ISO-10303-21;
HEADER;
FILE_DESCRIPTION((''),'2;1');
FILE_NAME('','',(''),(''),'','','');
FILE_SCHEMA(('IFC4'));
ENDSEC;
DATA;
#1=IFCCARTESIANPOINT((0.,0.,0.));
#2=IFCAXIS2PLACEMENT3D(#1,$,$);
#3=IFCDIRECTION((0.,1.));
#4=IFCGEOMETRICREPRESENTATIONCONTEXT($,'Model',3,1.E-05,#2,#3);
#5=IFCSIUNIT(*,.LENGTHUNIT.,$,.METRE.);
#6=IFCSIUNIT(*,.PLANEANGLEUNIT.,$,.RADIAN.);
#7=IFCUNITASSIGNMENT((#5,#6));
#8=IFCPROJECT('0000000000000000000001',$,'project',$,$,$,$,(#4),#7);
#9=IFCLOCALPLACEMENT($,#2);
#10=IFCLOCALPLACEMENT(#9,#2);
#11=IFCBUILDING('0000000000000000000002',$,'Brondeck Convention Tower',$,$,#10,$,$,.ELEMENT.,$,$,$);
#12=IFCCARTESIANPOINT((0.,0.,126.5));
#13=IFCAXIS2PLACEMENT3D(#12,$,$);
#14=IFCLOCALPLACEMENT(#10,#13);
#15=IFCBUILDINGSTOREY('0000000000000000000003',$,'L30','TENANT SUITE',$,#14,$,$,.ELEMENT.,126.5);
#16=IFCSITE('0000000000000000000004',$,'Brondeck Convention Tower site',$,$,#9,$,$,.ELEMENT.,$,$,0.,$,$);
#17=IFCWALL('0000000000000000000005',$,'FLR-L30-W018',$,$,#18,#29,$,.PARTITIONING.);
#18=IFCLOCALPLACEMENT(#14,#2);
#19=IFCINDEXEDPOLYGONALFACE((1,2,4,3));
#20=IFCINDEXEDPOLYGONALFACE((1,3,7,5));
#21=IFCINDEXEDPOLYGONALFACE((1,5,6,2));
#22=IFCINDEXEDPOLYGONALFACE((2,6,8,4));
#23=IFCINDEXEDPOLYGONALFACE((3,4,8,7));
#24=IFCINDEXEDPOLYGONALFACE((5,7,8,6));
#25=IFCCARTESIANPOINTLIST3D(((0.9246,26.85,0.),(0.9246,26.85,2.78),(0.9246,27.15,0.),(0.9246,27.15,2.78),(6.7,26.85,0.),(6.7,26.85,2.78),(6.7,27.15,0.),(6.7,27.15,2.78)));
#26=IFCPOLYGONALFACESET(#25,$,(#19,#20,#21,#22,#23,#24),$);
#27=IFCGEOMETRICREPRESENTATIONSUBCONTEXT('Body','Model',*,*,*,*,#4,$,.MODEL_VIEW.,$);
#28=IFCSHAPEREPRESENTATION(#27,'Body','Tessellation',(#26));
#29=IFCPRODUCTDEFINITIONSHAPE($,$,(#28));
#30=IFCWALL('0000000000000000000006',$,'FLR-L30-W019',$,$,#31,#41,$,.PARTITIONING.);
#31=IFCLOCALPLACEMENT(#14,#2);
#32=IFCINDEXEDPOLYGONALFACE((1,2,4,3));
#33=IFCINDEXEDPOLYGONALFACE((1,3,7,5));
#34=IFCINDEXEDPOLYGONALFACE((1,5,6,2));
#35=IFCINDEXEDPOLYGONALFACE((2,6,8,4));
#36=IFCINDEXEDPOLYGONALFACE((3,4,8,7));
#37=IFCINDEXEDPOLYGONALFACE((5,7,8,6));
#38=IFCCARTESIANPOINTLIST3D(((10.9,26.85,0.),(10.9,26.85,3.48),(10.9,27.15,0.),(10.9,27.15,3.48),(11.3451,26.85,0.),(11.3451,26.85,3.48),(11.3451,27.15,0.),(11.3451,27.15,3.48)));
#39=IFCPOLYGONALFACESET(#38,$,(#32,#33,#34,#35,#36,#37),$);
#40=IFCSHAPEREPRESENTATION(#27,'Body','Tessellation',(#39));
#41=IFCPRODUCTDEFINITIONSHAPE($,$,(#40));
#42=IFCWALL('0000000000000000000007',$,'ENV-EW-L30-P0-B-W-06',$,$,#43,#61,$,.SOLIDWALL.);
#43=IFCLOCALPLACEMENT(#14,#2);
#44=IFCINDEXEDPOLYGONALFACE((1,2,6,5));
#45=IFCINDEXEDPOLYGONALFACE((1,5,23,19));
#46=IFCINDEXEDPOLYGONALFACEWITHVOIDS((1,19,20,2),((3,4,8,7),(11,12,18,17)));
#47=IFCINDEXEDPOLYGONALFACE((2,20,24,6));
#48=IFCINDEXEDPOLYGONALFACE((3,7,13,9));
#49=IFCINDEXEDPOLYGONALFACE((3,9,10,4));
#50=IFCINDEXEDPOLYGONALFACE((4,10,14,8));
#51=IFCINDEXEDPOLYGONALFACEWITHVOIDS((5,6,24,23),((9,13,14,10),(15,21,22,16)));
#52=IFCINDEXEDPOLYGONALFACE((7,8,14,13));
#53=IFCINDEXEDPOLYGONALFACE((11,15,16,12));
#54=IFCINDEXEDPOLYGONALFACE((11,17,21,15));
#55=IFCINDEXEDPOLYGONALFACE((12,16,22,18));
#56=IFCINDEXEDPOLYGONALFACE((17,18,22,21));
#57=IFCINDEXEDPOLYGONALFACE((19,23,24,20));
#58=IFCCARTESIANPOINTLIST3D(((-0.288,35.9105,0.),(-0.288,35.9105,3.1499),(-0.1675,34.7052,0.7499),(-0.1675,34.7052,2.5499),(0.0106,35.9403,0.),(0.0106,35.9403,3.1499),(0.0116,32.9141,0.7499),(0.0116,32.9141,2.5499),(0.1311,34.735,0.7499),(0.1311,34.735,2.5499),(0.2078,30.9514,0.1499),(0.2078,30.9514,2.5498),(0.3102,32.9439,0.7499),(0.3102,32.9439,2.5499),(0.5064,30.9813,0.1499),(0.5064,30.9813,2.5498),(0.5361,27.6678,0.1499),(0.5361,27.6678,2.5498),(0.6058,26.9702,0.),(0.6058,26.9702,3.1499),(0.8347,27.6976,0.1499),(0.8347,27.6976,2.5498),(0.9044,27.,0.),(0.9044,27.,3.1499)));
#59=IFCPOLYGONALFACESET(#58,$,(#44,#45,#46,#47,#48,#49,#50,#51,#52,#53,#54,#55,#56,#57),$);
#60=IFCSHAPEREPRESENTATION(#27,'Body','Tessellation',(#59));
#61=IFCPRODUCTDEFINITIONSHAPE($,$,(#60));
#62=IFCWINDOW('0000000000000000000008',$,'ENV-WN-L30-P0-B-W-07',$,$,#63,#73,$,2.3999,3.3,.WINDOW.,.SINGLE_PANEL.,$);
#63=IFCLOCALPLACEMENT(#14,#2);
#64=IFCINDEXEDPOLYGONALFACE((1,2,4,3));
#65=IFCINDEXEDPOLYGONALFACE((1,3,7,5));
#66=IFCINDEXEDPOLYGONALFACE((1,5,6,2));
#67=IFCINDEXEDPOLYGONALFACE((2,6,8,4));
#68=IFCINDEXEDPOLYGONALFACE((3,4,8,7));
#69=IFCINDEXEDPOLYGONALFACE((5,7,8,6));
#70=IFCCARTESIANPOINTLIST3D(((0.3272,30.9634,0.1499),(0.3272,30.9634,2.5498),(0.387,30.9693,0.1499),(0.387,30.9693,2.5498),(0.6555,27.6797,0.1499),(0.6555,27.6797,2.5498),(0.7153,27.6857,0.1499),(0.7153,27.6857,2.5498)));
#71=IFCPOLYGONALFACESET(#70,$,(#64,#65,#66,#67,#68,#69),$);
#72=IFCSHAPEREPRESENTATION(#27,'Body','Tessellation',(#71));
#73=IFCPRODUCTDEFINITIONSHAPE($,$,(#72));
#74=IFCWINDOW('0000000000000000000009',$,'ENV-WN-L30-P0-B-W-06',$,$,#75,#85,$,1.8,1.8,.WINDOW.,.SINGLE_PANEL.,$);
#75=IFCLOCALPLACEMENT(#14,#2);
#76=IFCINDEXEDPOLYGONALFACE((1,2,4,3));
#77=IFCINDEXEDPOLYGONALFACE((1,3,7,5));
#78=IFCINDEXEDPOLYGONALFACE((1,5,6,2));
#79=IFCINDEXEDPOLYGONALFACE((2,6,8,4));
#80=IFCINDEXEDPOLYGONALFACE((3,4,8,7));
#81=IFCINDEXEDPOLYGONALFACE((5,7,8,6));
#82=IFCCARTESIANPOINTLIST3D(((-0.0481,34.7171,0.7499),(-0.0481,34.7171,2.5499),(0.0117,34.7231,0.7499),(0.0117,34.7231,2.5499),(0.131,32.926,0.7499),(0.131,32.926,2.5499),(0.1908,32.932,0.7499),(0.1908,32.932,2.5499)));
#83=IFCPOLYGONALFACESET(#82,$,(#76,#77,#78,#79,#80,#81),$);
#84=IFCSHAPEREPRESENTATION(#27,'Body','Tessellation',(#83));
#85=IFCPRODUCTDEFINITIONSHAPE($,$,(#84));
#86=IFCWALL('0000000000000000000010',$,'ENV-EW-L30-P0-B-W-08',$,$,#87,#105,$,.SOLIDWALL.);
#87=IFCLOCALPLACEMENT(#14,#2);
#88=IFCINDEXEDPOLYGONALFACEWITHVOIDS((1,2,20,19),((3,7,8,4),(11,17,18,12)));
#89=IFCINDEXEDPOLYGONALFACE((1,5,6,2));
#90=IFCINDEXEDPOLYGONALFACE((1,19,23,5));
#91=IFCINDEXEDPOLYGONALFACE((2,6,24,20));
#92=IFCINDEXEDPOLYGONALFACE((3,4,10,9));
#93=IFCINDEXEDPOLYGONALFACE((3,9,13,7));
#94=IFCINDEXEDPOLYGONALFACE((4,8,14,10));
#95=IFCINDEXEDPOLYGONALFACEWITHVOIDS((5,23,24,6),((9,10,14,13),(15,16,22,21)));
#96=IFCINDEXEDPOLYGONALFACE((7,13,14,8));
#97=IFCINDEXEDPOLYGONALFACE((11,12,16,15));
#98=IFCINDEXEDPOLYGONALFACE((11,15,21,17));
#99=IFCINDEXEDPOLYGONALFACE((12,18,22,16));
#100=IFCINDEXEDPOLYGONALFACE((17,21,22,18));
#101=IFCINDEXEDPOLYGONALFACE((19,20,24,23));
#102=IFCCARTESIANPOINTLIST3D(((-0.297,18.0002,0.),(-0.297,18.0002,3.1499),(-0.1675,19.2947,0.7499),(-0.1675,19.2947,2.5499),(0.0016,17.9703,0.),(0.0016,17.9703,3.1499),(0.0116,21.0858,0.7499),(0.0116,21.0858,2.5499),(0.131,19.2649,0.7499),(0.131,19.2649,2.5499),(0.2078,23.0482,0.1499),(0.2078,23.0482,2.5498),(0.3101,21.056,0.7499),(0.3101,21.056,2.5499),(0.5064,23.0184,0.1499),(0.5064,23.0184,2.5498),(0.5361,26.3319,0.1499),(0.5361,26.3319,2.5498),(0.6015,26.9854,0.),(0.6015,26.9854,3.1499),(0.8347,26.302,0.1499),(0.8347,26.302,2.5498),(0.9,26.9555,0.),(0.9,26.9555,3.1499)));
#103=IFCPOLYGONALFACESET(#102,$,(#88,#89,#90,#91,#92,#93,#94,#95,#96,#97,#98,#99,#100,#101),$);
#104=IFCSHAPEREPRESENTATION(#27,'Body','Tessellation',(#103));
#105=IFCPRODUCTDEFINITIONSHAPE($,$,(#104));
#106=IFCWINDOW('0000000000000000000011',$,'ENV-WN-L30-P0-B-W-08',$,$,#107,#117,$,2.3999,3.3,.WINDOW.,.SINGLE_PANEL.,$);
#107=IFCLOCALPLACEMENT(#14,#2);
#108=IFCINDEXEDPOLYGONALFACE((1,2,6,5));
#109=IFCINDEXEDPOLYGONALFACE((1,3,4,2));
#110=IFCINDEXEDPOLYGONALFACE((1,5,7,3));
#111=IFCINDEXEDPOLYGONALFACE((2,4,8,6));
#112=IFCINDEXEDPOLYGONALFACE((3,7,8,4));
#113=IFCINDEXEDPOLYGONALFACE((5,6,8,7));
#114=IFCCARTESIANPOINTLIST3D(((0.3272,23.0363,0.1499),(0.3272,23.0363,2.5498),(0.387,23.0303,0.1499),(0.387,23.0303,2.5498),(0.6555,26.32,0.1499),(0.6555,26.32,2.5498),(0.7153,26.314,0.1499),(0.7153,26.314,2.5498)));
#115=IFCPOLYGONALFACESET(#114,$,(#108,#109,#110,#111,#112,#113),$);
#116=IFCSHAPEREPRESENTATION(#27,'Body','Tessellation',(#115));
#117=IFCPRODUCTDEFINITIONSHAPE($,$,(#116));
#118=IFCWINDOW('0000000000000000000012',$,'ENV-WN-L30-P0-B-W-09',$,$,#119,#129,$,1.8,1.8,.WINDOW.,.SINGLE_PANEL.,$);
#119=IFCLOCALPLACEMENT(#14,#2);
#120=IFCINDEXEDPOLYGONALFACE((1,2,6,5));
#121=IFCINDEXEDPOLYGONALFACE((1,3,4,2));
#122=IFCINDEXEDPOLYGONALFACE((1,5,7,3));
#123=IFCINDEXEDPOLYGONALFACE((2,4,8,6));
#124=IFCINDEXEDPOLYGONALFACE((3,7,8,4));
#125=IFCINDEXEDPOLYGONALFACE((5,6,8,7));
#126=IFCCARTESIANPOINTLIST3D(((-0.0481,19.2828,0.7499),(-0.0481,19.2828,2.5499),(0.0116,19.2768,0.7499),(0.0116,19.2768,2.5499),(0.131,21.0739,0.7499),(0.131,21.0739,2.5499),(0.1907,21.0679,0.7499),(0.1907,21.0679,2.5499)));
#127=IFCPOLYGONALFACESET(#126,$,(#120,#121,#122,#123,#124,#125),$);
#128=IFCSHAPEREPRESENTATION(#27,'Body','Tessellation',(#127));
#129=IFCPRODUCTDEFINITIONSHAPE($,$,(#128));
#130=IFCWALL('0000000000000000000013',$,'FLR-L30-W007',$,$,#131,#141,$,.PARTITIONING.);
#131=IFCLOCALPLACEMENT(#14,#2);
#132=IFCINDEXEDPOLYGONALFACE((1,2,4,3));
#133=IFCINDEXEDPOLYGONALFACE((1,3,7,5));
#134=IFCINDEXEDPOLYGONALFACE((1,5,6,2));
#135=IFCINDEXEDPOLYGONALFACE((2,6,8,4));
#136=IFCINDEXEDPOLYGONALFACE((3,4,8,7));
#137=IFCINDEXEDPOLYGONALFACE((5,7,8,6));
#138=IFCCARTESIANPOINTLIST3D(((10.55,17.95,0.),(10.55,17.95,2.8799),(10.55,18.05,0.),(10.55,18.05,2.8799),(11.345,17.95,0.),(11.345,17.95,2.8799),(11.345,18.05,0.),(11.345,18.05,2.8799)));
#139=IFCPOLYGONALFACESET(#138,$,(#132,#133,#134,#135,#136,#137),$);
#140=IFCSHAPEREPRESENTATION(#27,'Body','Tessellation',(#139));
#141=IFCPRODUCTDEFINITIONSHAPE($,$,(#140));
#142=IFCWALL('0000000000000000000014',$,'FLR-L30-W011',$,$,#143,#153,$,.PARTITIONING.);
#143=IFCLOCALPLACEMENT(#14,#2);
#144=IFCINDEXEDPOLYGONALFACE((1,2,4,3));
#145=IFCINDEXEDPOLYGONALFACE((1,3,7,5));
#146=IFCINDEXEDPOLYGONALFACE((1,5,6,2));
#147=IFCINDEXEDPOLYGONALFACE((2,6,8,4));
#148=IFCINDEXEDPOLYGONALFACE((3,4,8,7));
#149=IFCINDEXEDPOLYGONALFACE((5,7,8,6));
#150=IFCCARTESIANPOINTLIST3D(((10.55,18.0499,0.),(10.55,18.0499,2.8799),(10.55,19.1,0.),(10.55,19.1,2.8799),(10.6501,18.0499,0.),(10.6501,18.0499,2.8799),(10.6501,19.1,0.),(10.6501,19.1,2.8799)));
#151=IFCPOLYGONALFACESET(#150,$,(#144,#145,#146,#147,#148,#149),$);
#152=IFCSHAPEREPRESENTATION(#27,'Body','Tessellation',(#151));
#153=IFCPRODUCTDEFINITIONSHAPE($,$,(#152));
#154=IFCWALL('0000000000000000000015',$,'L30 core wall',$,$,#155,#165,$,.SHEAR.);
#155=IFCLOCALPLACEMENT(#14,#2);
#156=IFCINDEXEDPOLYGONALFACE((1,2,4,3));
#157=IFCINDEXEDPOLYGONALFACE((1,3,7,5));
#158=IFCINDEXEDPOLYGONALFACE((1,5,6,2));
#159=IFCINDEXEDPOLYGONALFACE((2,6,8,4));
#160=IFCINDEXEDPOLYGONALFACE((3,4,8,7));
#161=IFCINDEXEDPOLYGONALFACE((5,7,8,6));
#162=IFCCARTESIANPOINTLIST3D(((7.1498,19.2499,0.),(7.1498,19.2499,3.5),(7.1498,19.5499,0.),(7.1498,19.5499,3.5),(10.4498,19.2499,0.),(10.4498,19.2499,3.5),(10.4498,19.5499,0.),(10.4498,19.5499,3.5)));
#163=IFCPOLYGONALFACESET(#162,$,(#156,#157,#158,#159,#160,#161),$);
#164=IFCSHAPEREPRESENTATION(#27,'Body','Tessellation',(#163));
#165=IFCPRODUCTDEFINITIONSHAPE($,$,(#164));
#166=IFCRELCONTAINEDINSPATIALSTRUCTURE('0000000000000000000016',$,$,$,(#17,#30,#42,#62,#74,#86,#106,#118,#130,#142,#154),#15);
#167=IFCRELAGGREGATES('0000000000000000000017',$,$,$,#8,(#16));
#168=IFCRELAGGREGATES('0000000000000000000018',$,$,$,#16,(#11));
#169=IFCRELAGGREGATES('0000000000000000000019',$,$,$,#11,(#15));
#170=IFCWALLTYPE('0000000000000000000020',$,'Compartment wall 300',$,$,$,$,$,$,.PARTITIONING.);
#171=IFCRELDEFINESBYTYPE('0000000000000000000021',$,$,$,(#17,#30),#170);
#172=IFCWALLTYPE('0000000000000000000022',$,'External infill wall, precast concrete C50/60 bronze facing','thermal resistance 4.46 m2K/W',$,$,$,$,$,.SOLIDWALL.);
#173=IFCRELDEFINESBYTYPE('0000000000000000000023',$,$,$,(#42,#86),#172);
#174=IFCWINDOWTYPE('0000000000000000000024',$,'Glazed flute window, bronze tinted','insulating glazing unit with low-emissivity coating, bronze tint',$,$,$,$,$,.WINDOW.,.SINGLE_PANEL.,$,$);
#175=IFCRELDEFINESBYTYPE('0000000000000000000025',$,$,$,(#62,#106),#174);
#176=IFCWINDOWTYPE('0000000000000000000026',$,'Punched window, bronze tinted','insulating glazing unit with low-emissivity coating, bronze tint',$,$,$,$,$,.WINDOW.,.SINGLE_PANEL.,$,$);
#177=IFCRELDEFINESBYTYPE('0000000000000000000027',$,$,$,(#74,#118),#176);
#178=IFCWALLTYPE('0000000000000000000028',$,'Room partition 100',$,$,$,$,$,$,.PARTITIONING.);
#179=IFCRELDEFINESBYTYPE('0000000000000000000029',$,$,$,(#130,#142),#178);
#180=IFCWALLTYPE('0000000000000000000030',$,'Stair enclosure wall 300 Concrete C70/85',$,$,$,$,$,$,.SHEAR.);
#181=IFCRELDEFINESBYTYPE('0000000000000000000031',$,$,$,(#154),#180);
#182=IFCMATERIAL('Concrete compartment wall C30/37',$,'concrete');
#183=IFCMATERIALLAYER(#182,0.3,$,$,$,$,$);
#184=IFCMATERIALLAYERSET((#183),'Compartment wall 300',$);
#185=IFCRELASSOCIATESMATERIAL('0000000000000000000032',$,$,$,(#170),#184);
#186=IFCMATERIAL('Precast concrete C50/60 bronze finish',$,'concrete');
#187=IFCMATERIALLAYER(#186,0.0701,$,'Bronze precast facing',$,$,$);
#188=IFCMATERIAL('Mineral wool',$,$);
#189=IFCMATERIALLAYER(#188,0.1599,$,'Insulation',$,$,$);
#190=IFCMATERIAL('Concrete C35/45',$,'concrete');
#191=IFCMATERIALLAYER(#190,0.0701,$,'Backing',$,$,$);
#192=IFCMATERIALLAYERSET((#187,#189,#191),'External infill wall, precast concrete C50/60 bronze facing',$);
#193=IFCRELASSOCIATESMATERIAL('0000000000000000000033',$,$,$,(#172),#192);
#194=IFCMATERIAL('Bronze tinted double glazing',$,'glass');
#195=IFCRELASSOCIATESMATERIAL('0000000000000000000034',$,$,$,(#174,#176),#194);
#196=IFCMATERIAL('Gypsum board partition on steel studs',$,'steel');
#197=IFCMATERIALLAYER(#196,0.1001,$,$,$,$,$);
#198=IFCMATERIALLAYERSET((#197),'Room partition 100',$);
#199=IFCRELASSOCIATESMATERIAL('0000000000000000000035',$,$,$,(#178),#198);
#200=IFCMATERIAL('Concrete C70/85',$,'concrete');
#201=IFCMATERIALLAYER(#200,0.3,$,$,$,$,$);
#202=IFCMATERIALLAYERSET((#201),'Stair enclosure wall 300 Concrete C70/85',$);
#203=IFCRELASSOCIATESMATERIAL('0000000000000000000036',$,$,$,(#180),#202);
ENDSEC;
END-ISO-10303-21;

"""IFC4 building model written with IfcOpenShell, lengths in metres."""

from ifc_helpers import new_model, si_unit, direction, frame, frame_2d, origin, place, context, subcontext, project, spatial, rectangle, extrude, material, layer, layer_set, type_object, element, fill, save


model = new_model("IFC4")

# Units and contexts
model_context = context("Model", 3, precision=1e-05, world=origin(), true_north=direction((0.0, 1.0)))
body_context = subcontext(model_context, "Body", "Model", "MODEL_VIEW")
ifc_project = project(units=[si_unit("LENGTHUNIT", "METRE"), si_unit("PLANEANGLEUNIT", "RADIAN")], contexts=[model_context])

# Site, building, storey
site_placement = place(None, origin())
site = spatial("IfcSite", under=ifc_project, at=site_placement, Name="Brondeck Convention Tower site", CompositionType="ELEMENT", RefElevation=0.0)
building_placement = place(site_placement, origin())
building = spatial("IfcBuilding", under=site, at=building_placement, Name="Brondeck Convention Tower", CompositionType="ELEMENT")
storey_placement = place(building_placement, frame((0.0, 0.0, 126.5)))
storey = spatial("IfcBuildingStorey", under=building, at=storey_placement, Name="L30", Description="TENANT SUITE", CompositionType="ELEMENT", Elevation=126.5)

# Shared definitions
ifc_material_1 = material(Name="Concrete C70/85", Category="concrete")

# Walls
ifc_material_2 = material(Name="Concrete compartment wall C30/37", Category="concrete")
ifc_layer_1 = layer(ifc_material_2, 0.3)
ifc_layer_set_1 = layer_set([ifc_layer_1], Name="Compartment wall 300")
wall_type_1 = type_object("IfcWallType", Name="Compartment wall 300", PredefinedType="PARTITIONING", material=ifc_layer_set_1)
wall_1_placement = place(storey_placement, frame((0.9246, 27.0, 0.0), z_axis=(0.0, 0.0, 1.0), x_axis=(1.0, 0.0, 0.0)))
element("IfcWall", 1, at=wall_1_placement, inside=storey, type_object=wall_type_1, Name="FLR-L30-W018", PredefinedType="PARTITIONING", context=body_context, shape_type="SweptSolid", body=[
    extrude(rectangle(XDim=5.7754, YDim=0.3, at=frame_2d((2.8877, 0.0))), origin(), (0.0, 0.0, 1.0), 2.78),
])
wall_2_placement = place(storey_placement, frame((10.8999, 27.0, 0.0), z_axis=(0.0, 0.0, 1.0), x_axis=(1.0, 0.0, 0.0)))
element("IfcWall", 2, at=wall_2_placement, inside=storey, type_object=wall_type_1, Name="FLR-L30-W019", PredefinedType="PARTITIONING", context=body_context, shape_type="SweptSolid", body=[
    extrude(rectangle(XDim=0.4451, YDim=0.3, at=frame_2d((0.2227, 0.0))), origin(), (0.0, 0.0, 1.0), 3.48),
])

# Walls, openings, windows
ifc_material_3 = material(Name="Precast concrete C50/60 bronze finish", Category="concrete")
ifc_layer_2 = layer(ifc_material_3, 0.0701, Name="Bronze precast facing")
ifc_material_4 = material(Name="Mineral wool")
ifc_layer_3 = layer(ifc_material_4, 0.1599, Name="Insulation")
ifc_material_5 = material(Name="Concrete C35/45", Category="concrete")
ifc_layer_4 = layer(ifc_material_5, 0.0701, Name="Backing")
ifc_layer_set_2 = layer_set([ifc_layer_2, ifc_layer_3, ifc_layer_4], Name="External infill wall, precast concrete C50/60 bronze facing")
wall_type_2 = type_object("IfcWallType", Name="External infill wall, precast concrete C50/60 bronze facing", Description="thermal resistance 4.46 m2K/W", PredefinedType="SOLIDWALL", material=ifc_layer_set_2)
wall_3_placement = place(storey_placement, frame((0.7551, 26.9851, 0.0), z_axis=(0.0, 0.0, 1.0), x_axis=(-0.09948, 0.99504, 0.0)))
wall_3 = element("IfcWall", 3, at=wall_3_placement, inside=storey, type_object=wall_type_2, Name="ENV-EW-L30-P0-B-W-06", PredefinedType="SOLIDWALL", context=body_context, shape_type="SweptSolid", body=[
    extrude(rectangle(XDim=8.9849, YDim=0.3, at=frame_2d((4.4924, 0.0))), origin(), (0.0, 0.0, 1.0), 3.1499),
])
opening_1_placement = place(wall_3_placement, frame((0.7012, 0.0, 0.1499)))
opening_1 = element("IfcOpeningElement", 4, at=opening_1_placement, cuts=wall_3, PredefinedType="OPENING", context=body_context, shape_type="SweptSolid", body=[
    extrude(rectangle(XDim=3.3, YDim=2.3999, at=frame_2d((1.6499, 1.2))), frame((0.0, 0.1599, 0.0), z_axis=(0.0, -1.0, 0.0), x_axis=(1.0, 0.0, 0.0)), (0.0, 0.0, 1.0), 0.3201),
])
opening_2_placement = place(wall_3_placement, frame((5.9736, 0.0, 0.75)))
opening_2 = element("IfcOpeningElement", 5, at=opening_2_placement, cuts=wall_3, PredefinedType="OPENING", context=body_context, shape_type="SweptSolid", body=[
    extrude(rectangle(XDim=1.8, YDim=1.8, at=frame_2d((0.8999, 0.8999))), frame((0.0, 0.1599, 0.0), z_axis=(0.0, -1.0, 0.0), x_axis=(1.0, 0.0, 0.0)), (0.0, 0.0, 1.0), 0.3201),
])
ifc_material_6 = material(Name="Bronze tinted double glazing", Category="glass")
window_type_1 = type_object("IfcWindowType", Name="Glazed flute window, bronze tinted", Description="insulating glazing unit with low-emissivity coating, bronze tint", PartitioningType="SINGLE_PANEL", PredefinedType="WINDOW", material=ifc_material_6)
window_1_placement = place(opening_1_placement, origin())
window_1 = element("IfcWindow", 6, at=window_1_placement, inside=storey, type_object=window_type_1, Name="ENV-WN-L30-P0-B-W-07", OverallHeight=2.3999, OverallWidth=3.3, PartitioningType="SINGLE_PANEL", PredefinedType="WINDOW", context=body_context, shape_type="SweptSolid", body=[
    extrude(rectangle(XDim=3.3, YDim=2.3999, at=frame_2d((1.6499, 1.2))), frame((0.0, 0.03, 0.0), z_axis=(0.0, -1.0, 0.0), x_axis=(1.0, 0.0, 0.0)), (0.0, 0.0, 1.0), 0.0601),
])
fill(opening_1, window_1)
window_type_2 = type_object("IfcWindowType", Name="Punched window, bronze tinted", Description="insulating glazing unit with low-emissivity coating, bronze tint", PartitioningType="SINGLE_PANEL", PredefinedType="WINDOW", material=ifc_material_6)
window_2_placement = place(opening_2_placement, origin())
window_2 = element("IfcWindow", 7, at=window_2_placement, inside=storey, type_object=window_type_2, Name="ENV-WN-L30-P0-B-W-06", OverallHeight=1.8, OverallWidth=1.8, PartitioningType="SINGLE_PANEL", PredefinedType="WINDOW", context=body_context, shape_type="SweptSolid", body=[
    extrude(rectangle(XDim=1.8, YDim=1.8, at=frame_2d((0.8999, 0.8999))), frame((0.0, 0.03, 0.0), z_axis=(0.0, -1.0, 0.0), x_axis=(1.0, 0.0, 0.0)), (0.0, 0.0, 1.0), 0.0601),
])
fill(opening_2, window_2)
wall_4_placement = place(storey_placement, frame((-0.1477, 17.9851, 0.0), z_axis=(0.0, 0.0, 1.0), x_axis=(0.099496, 0.995038, 0.0)))
wall_4 = element("IfcWall", 8, at=wall_4_placement, inside=storey, type_object=wall_type_2, Name="ENV-EW-L30-P0-B-W-08", PredefinedType="SOLIDWALL", context=body_context, shape_type="SweptSolid", body=[
    extrude(rectangle(XDim=9.03, YDim=0.3, at=frame_2d((4.5151, 0.0))), origin(), (0.0, 0.0, 1.0), 3.1499),
])
opening_3_placement = place(wall_4_placement, frame((1.3013, 0.0, 0.75)))
opening_3 = element("IfcOpeningElement", 9, at=opening_3_placement, cuts=wall_4, PredefinedType="OPENING", context=body_context, shape_type="SweptSolid", body=[
    extrude(rectangle(XDim=1.8, YDim=1.8, at=frame_2d((0.8999, 0.8999))), frame((0.0, 0.1599, 0.0), z_axis=(0.0, -1.0, 0.0), x_axis=(1.0, 0.0, 0.0)), (0.0, 0.0, 1.0), 0.3201),
])
opening_4_placement = place(wall_4_placement, frame((5.0735, 0.0, 0.1499)))
opening_4 = element("IfcOpeningElement", 10, at=opening_4_placement, cuts=wall_4, PredefinedType="OPENING", context=body_context, shape_type="SweptSolid", body=[
    extrude(rectangle(XDim=3.3, YDim=2.3999, at=frame_2d((1.6499, 1.2))), frame((0.0, 0.1599, 0.0), z_axis=(0.0, -1.0, 0.0), x_axis=(1.0, 0.0, 0.0)), (0.0, 0.0, 1.0), 0.3201),
])
window_3_placement = place(opening_4_placement, origin())
window_3 = element("IfcWindow", 11, at=window_3_placement, inside=storey, type_object=window_type_1, Name="ENV-WN-L30-P0-B-W-08", OverallHeight=2.3999, OverallWidth=3.3, PartitioningType="SINGLE_PANEL", PredefinedType="WINDOW", context=body_context, shape_type="SweptSolid", body=[
    extrude(rectangle(XDim=3.3, YDim=2.3999, at=frame_2d((1.6499, 1.2))), frame((0.0, 0.03, 0.0), z_axis=(0.0, -1.0, 0.0), x_axis=(1.0, 0.0, 0.0)), (0.0, 0.0, 1.0), 0.0601),
])
fill(opening_4, window_3)
window_4_placement = place(opening_3_placement, origin())
window_4 = element("IfcWindow", 12, at=window_4_placement, inside=storey, type_object=window_type_2, Name="ENV-WN-L30-P0-B-W-09", OverallHeight=1.8, OverallWidth=1.8, PartitioningType="SINGLE_PANEL", PredefinedType="WINDOW", context=body_context, shape_type="SweptSolid", body=[
    extrude(rectangle(XDim=1.8, YDim=1.8, at=frame_2d((0.8999, 0.8999))), frame((0.0, 0.03, 0.0), z_axis=(0.0, -1.0, 0.0), x_axis=(1.0, 0.0, 0.0)), (0.0, 0.0, 1.0), 0.0601),
])
fill(opening_3, window_4)

# Walls
ifc_material_7 = material(Name="Gypsum board partition on steel studs", Category="steel")
ifc_layer_5 = layer(ifc_material_7, 0.1001)
ifc_layer_set_3 = layer_set([ifc_layer_5], Name="Room partition 100")
wall_type_3 = type_object("IfcWallType", Name="Room partition 100", PredefinedType="PARTITIONING", material=ifc_layer_set_3)
wall_5_placement = place(storey_placement, frame((11.345, 18.0, 0.0), z_axis=(0.0, 0.0, 1.0), x_axis=(-1.0, 0.0, 0.0)))
element("IfcWall", 13, at=wall_5_placement, inside=storey, type_object=wall_type_3, Name="FLR-L30-W007", PredefinedType="PARTITIONING", context=body_context, shape_type="SweptSolid", body=[
    extrude(rectangle(XDim=0.7949, YDim=0.1001, at=frame_2d((0.3975, 0.0))), origin(), (0.0, 0.0, 1.0), 2.8799),
])
wall_6_placement = place(storey_placement, frame((10.6001, 18.05, 0.0), z_axis=(0.0, 0.0, 1.0), x_axis=(0.0, 1.0, 0.0)))
element("IfcWall", 14, at=wall_6_placement, inside=storey, type_object=wall_type_3, Name="FLR-L30-W011", PredefinedType="PARTITIONING", context=body_context, shape_type="SweptSolid", body=[
    extrude(rectangle(XDim=1.05, YDim=0.1001, at=frame_2d((0.5249, 0.0))), origin(), (0.0, 0.0, 1.0), 2.8799),
])
ifc_layer_6 = layer(ifc_material_1, 0.3)
ifc_layer_set_4 = layer_set([ifc_layer_6], Name="Stair enclosure wall 300 Concrete C70/85")
wall_type_4 = type_object("IfcWallType", Name="Stair enclosure wall 300 Concrete C70/85", PredefinedType="SHEAR", material=ifc_layer_set_4)
for number, where, z_axis, x_axis, name in (
    (15, (7.1499, 19.3999, 0.0), (0.0, 0.0, 1.0), (1.0, 0.0, 0.0), "L30 core wall"),
):
    element("IfcWall", number, at=place(storey_placement, frame(where, z_axis=z_axis, x_axis=x_axis)), inside=storey, type_object=wall_type_4, Name=name, PredefinedType="SHEAR", context=body_context, shape_type="SweptSolid", body=[
        extrude(rectangle(XDim=3.3, YDim=0.3, at=frame_2d((1.6499, 0.0))), origin(), (0.0, 0.0, 1.0), 3.5),
    ])

save(model, "model.ifc")
